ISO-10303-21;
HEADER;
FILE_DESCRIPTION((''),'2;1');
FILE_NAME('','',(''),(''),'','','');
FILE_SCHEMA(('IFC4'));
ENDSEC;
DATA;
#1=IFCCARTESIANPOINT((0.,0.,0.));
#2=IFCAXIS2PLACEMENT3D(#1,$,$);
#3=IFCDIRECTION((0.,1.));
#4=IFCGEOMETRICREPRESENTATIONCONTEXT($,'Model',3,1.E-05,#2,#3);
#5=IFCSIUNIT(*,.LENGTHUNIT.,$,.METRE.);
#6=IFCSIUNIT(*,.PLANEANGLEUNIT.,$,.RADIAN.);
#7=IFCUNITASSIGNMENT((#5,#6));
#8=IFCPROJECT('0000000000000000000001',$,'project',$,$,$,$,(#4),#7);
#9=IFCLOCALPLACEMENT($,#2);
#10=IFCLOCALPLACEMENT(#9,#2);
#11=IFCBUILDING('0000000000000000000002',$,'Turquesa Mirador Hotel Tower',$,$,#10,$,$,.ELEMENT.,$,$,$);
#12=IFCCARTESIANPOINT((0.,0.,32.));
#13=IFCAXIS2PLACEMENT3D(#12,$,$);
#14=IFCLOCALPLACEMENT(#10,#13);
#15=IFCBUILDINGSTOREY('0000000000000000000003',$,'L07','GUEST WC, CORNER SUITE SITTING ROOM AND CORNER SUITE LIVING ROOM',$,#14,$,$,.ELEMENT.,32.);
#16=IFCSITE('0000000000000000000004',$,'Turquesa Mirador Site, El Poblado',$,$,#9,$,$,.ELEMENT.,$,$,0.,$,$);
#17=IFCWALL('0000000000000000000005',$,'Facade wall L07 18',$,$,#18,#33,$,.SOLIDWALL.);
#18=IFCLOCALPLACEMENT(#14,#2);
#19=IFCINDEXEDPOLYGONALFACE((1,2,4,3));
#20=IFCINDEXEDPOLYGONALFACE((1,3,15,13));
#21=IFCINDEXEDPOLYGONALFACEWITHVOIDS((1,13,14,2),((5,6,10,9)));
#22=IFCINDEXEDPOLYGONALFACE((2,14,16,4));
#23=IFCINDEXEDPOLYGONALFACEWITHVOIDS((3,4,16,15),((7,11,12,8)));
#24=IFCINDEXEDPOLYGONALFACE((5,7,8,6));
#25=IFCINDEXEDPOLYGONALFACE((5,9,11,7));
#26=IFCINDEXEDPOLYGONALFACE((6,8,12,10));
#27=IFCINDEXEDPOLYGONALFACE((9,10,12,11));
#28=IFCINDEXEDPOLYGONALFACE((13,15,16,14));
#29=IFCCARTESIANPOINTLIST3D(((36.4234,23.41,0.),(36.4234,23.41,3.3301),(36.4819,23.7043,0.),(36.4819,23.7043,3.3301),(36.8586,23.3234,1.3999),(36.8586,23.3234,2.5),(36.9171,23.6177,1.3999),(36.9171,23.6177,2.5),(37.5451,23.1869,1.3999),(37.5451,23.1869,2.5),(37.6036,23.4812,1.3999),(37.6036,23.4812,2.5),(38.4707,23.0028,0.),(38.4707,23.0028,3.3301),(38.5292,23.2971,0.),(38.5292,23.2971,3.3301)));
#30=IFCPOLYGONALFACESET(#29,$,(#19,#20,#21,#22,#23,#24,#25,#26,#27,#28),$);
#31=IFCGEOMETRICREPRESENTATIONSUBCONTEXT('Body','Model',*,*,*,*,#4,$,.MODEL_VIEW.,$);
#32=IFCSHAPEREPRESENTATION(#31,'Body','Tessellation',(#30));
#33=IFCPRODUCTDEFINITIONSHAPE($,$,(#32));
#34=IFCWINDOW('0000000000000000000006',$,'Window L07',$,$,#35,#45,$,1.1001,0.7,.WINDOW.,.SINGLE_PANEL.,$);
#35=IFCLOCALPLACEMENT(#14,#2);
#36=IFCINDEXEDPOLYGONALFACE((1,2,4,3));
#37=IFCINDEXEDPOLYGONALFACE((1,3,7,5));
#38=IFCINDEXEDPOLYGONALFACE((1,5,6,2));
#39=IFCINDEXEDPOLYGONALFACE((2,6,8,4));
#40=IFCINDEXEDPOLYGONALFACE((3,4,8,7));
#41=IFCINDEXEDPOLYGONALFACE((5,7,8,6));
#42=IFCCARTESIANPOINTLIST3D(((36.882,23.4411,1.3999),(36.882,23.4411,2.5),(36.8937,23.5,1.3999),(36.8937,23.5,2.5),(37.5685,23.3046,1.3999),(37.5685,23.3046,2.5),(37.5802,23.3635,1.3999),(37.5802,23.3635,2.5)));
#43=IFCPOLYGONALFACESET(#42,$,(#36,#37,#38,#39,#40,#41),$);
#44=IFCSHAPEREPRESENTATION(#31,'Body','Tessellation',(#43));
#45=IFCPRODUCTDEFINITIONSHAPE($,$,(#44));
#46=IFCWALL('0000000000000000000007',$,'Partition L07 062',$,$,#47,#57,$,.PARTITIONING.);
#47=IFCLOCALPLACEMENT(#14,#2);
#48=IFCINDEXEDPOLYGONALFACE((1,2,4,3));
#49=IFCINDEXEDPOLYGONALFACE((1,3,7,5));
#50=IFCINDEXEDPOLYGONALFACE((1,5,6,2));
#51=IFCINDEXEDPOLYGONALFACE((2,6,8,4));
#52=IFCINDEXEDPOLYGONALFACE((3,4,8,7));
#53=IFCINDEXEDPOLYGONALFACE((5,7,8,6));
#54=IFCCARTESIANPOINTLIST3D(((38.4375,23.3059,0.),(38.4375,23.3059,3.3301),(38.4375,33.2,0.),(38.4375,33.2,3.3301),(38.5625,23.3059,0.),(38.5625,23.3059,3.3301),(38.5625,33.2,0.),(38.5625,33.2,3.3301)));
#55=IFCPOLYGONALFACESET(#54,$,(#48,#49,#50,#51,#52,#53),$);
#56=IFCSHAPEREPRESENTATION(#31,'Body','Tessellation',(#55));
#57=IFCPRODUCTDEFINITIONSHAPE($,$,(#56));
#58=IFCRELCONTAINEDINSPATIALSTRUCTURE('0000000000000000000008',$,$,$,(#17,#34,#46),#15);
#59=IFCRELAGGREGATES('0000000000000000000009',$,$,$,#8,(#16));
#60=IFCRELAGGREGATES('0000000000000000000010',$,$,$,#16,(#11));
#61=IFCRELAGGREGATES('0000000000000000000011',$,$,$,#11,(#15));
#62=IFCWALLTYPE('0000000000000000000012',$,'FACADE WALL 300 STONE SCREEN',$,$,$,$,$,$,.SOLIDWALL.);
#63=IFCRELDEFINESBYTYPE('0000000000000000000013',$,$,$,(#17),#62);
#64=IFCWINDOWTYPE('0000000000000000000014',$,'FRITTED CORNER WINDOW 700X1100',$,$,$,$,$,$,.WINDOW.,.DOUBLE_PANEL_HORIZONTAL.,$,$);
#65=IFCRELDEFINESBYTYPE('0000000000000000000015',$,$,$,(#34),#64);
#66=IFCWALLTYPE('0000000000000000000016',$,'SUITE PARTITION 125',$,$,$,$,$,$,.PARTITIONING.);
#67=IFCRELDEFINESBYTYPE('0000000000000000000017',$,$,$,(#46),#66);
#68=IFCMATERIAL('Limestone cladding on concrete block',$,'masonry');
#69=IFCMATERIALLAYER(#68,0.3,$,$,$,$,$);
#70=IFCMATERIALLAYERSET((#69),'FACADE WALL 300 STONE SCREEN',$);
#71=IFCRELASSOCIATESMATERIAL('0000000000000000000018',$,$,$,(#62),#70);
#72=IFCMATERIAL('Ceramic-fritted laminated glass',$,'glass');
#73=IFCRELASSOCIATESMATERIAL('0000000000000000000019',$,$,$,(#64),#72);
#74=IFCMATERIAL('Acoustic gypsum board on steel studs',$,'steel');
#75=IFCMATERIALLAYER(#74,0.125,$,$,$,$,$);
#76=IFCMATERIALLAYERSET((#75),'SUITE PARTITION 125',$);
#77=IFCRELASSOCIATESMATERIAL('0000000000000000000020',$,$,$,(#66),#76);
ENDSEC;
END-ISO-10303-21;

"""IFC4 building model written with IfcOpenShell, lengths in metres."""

from ifc_helpers import new_model, si_unit, direction, frame, frame_2d, origin, place, context, subcontext, project, spatial, rectangle, extrude, material, layer, layer_set, type_object, element, fill, save


model = new_model("IFC4")

# Units and contexts
model_context = context("Model", 3, precision=1e-05, world=origin(), true_north=direction((0.0, 1.0)))
body_context = subcontext(model_context, "Body", "Model", "MODEL_VIEW")
ifc_project = project(units=[si_unit("LENGTHUNIT", "METRE"), si_unit("PLANEANGLEUNIT", "RADIAN")], contexts=[model_context])

# Site, building, storey
site_placement = place(None, origin())
site = spatial("IfcSite", under=ifc_project, at=site_placement, Name="Turquesa Mirador Site, El Poblado", CompositionType="ELEMENT", RefElevation=0.0)
building_placement = place(site_placement, origin())
building = spatial("IfcBuilding", under=site, at=building_placement, Name="Turquesa Mirador Hotel Tower", CompositionType="ELEMENT")
storey_placement = place(building_placement, frame((0.0, 0.0, 32.0)))
storey = spatial("IfcBuildingStorey", under=building, at=storey_placement, Name="L07", Description="GUEST WC, CORNER SUITE SITTING ROOM AND CORNER SUITE LIVING ROOM", CompositionType="ELEMENT", Elevation=32.0)

# Wall, opening, window
ifc_material_1 = material(Name="Limestone cladding on concrete block", Category="masonry")
ifc_layer_1 = layer(ifc_material_1, 0.3)
ifc_layer_set_1 = layer_set([ifc_layer_1], Name="FACADE WALL 300 STONE SCREEN")
wall_type_1 = type_object("IfcWallType", Name="FACADE WALL 300 STONE SCREEN", PredefinedType="SOLIDWALL", material=ifc_layer_set_1)
ifc_material_2 = material(Name="Ceramic-fritted laminated glass", Category="glass")
window_type_1 = type_object("IfcWindowType", Name="FRITTED CORNER WINDOW 700X1100", PartitioningType="DOUBLE_PANEL_HORIZONTAL", PredefinedType="WINDOW", material=ifc_material_2)
wall_1_placement = place(storey_placement, frame((36.4526, 23.5571, 0.0), z_axis=(0.0, 0.0, 1.0), x_axis=(0.980787, -0.195081, 0.0)))
wall_1 = element("IfcWall", 1, at=wall_1_placement, inside=storey, type_object=wall_type_1, Name="Facade wall L07 18", PredefinedType="SOLIDWALL", context=body_context, shape_type="SweptSolid", body=[
    extrude(rectangle(XDim=2.0874, YDim=0.3, at=frame_2d((1.0437, 0.0))), origin(), (0.0, 0.0, 1.0), 3.3301),
])
opening_1_placement = place(wall_1_placement, frame((0.4436, 0.0, 1.3999)))
opening_1 = element("IfcOpeningElement", 2, at=opening_1_placement, cuts=wall_1, PredefinedType="OPENING", context=body_context, shape_type="SweptSolid", body=[
    extrude(rectangle(XDim=0.7, YDim=1.1001, at=frame_2d((0.3501, 0.55))), frame((0.0, 0.1599, 0.0), z_axis=(0.0, -1.0, 0.0), x_axis=(1.0, 0.0, 0.0)), (0.0, 0.0, 1.0), 0.3201),
])
window_1_placement = place(opening_1_placement, origin())
window_1 = element("IfcWindow", 3, at=window_1_placement, inside=storey, type_object=window_type_1, Name="Window L07", OverallHeight=1.1001, OverallWidth=0.7, PartitioningType="SINGLE_PANEL", PredefinedType="WINDOW", context=body_context, shape_type="SweptSolid", body=[
    extrude(rectangle(XDim=0.7, YDim=1.1001, at=frame_2d((0.3501, 0.55))), frame((0.0, 0.03, 0.0), z_axis=(0.0, -1.0, 0.0), x_axis=(1.0, 0.0, 0.0)), (0.0, 0.0, 1.0), 0.0601),
])
fill(opening_1, window_1)

# Wall
ifc_material_3 = material(Name="Acoustic gypsum board on steel studs", Category="steel")
ifc_layer_2 = layer(ifc_material_3, 0.125)
ifc_layer_set_2 = layer_set([ifc_layer_2], Name="SUITE PARTITION 125")
wall_type_2 = type_object("IfcWallType", Name="SUITE PARTITION 125", PredefinedType="PARTITIONING", material=ifc_layer_set_2)
wall_2_placement = place(storey_placement, frame((38.5, 23.3059, 0.0), z_axis=(0.0, 0.0, 1.0), x_axis=(0.0, 1.0, 0.0)))
element("IfcWall", 4, at=wall_2_placement, inside=storey, type_object=wall_type_2, Name="Partition L07 062", PredefinedType="PARTITIONING", context=body_context, shape_type="SweptSolid", body=[
    extrude(rectangle(XDim=9.894, YDim=0.125, at=frame_2d((4.947, 0.0))), origin(), (0.0, 0.0, 1.0), 3.3301),
])

save(model, "model.ifc")
